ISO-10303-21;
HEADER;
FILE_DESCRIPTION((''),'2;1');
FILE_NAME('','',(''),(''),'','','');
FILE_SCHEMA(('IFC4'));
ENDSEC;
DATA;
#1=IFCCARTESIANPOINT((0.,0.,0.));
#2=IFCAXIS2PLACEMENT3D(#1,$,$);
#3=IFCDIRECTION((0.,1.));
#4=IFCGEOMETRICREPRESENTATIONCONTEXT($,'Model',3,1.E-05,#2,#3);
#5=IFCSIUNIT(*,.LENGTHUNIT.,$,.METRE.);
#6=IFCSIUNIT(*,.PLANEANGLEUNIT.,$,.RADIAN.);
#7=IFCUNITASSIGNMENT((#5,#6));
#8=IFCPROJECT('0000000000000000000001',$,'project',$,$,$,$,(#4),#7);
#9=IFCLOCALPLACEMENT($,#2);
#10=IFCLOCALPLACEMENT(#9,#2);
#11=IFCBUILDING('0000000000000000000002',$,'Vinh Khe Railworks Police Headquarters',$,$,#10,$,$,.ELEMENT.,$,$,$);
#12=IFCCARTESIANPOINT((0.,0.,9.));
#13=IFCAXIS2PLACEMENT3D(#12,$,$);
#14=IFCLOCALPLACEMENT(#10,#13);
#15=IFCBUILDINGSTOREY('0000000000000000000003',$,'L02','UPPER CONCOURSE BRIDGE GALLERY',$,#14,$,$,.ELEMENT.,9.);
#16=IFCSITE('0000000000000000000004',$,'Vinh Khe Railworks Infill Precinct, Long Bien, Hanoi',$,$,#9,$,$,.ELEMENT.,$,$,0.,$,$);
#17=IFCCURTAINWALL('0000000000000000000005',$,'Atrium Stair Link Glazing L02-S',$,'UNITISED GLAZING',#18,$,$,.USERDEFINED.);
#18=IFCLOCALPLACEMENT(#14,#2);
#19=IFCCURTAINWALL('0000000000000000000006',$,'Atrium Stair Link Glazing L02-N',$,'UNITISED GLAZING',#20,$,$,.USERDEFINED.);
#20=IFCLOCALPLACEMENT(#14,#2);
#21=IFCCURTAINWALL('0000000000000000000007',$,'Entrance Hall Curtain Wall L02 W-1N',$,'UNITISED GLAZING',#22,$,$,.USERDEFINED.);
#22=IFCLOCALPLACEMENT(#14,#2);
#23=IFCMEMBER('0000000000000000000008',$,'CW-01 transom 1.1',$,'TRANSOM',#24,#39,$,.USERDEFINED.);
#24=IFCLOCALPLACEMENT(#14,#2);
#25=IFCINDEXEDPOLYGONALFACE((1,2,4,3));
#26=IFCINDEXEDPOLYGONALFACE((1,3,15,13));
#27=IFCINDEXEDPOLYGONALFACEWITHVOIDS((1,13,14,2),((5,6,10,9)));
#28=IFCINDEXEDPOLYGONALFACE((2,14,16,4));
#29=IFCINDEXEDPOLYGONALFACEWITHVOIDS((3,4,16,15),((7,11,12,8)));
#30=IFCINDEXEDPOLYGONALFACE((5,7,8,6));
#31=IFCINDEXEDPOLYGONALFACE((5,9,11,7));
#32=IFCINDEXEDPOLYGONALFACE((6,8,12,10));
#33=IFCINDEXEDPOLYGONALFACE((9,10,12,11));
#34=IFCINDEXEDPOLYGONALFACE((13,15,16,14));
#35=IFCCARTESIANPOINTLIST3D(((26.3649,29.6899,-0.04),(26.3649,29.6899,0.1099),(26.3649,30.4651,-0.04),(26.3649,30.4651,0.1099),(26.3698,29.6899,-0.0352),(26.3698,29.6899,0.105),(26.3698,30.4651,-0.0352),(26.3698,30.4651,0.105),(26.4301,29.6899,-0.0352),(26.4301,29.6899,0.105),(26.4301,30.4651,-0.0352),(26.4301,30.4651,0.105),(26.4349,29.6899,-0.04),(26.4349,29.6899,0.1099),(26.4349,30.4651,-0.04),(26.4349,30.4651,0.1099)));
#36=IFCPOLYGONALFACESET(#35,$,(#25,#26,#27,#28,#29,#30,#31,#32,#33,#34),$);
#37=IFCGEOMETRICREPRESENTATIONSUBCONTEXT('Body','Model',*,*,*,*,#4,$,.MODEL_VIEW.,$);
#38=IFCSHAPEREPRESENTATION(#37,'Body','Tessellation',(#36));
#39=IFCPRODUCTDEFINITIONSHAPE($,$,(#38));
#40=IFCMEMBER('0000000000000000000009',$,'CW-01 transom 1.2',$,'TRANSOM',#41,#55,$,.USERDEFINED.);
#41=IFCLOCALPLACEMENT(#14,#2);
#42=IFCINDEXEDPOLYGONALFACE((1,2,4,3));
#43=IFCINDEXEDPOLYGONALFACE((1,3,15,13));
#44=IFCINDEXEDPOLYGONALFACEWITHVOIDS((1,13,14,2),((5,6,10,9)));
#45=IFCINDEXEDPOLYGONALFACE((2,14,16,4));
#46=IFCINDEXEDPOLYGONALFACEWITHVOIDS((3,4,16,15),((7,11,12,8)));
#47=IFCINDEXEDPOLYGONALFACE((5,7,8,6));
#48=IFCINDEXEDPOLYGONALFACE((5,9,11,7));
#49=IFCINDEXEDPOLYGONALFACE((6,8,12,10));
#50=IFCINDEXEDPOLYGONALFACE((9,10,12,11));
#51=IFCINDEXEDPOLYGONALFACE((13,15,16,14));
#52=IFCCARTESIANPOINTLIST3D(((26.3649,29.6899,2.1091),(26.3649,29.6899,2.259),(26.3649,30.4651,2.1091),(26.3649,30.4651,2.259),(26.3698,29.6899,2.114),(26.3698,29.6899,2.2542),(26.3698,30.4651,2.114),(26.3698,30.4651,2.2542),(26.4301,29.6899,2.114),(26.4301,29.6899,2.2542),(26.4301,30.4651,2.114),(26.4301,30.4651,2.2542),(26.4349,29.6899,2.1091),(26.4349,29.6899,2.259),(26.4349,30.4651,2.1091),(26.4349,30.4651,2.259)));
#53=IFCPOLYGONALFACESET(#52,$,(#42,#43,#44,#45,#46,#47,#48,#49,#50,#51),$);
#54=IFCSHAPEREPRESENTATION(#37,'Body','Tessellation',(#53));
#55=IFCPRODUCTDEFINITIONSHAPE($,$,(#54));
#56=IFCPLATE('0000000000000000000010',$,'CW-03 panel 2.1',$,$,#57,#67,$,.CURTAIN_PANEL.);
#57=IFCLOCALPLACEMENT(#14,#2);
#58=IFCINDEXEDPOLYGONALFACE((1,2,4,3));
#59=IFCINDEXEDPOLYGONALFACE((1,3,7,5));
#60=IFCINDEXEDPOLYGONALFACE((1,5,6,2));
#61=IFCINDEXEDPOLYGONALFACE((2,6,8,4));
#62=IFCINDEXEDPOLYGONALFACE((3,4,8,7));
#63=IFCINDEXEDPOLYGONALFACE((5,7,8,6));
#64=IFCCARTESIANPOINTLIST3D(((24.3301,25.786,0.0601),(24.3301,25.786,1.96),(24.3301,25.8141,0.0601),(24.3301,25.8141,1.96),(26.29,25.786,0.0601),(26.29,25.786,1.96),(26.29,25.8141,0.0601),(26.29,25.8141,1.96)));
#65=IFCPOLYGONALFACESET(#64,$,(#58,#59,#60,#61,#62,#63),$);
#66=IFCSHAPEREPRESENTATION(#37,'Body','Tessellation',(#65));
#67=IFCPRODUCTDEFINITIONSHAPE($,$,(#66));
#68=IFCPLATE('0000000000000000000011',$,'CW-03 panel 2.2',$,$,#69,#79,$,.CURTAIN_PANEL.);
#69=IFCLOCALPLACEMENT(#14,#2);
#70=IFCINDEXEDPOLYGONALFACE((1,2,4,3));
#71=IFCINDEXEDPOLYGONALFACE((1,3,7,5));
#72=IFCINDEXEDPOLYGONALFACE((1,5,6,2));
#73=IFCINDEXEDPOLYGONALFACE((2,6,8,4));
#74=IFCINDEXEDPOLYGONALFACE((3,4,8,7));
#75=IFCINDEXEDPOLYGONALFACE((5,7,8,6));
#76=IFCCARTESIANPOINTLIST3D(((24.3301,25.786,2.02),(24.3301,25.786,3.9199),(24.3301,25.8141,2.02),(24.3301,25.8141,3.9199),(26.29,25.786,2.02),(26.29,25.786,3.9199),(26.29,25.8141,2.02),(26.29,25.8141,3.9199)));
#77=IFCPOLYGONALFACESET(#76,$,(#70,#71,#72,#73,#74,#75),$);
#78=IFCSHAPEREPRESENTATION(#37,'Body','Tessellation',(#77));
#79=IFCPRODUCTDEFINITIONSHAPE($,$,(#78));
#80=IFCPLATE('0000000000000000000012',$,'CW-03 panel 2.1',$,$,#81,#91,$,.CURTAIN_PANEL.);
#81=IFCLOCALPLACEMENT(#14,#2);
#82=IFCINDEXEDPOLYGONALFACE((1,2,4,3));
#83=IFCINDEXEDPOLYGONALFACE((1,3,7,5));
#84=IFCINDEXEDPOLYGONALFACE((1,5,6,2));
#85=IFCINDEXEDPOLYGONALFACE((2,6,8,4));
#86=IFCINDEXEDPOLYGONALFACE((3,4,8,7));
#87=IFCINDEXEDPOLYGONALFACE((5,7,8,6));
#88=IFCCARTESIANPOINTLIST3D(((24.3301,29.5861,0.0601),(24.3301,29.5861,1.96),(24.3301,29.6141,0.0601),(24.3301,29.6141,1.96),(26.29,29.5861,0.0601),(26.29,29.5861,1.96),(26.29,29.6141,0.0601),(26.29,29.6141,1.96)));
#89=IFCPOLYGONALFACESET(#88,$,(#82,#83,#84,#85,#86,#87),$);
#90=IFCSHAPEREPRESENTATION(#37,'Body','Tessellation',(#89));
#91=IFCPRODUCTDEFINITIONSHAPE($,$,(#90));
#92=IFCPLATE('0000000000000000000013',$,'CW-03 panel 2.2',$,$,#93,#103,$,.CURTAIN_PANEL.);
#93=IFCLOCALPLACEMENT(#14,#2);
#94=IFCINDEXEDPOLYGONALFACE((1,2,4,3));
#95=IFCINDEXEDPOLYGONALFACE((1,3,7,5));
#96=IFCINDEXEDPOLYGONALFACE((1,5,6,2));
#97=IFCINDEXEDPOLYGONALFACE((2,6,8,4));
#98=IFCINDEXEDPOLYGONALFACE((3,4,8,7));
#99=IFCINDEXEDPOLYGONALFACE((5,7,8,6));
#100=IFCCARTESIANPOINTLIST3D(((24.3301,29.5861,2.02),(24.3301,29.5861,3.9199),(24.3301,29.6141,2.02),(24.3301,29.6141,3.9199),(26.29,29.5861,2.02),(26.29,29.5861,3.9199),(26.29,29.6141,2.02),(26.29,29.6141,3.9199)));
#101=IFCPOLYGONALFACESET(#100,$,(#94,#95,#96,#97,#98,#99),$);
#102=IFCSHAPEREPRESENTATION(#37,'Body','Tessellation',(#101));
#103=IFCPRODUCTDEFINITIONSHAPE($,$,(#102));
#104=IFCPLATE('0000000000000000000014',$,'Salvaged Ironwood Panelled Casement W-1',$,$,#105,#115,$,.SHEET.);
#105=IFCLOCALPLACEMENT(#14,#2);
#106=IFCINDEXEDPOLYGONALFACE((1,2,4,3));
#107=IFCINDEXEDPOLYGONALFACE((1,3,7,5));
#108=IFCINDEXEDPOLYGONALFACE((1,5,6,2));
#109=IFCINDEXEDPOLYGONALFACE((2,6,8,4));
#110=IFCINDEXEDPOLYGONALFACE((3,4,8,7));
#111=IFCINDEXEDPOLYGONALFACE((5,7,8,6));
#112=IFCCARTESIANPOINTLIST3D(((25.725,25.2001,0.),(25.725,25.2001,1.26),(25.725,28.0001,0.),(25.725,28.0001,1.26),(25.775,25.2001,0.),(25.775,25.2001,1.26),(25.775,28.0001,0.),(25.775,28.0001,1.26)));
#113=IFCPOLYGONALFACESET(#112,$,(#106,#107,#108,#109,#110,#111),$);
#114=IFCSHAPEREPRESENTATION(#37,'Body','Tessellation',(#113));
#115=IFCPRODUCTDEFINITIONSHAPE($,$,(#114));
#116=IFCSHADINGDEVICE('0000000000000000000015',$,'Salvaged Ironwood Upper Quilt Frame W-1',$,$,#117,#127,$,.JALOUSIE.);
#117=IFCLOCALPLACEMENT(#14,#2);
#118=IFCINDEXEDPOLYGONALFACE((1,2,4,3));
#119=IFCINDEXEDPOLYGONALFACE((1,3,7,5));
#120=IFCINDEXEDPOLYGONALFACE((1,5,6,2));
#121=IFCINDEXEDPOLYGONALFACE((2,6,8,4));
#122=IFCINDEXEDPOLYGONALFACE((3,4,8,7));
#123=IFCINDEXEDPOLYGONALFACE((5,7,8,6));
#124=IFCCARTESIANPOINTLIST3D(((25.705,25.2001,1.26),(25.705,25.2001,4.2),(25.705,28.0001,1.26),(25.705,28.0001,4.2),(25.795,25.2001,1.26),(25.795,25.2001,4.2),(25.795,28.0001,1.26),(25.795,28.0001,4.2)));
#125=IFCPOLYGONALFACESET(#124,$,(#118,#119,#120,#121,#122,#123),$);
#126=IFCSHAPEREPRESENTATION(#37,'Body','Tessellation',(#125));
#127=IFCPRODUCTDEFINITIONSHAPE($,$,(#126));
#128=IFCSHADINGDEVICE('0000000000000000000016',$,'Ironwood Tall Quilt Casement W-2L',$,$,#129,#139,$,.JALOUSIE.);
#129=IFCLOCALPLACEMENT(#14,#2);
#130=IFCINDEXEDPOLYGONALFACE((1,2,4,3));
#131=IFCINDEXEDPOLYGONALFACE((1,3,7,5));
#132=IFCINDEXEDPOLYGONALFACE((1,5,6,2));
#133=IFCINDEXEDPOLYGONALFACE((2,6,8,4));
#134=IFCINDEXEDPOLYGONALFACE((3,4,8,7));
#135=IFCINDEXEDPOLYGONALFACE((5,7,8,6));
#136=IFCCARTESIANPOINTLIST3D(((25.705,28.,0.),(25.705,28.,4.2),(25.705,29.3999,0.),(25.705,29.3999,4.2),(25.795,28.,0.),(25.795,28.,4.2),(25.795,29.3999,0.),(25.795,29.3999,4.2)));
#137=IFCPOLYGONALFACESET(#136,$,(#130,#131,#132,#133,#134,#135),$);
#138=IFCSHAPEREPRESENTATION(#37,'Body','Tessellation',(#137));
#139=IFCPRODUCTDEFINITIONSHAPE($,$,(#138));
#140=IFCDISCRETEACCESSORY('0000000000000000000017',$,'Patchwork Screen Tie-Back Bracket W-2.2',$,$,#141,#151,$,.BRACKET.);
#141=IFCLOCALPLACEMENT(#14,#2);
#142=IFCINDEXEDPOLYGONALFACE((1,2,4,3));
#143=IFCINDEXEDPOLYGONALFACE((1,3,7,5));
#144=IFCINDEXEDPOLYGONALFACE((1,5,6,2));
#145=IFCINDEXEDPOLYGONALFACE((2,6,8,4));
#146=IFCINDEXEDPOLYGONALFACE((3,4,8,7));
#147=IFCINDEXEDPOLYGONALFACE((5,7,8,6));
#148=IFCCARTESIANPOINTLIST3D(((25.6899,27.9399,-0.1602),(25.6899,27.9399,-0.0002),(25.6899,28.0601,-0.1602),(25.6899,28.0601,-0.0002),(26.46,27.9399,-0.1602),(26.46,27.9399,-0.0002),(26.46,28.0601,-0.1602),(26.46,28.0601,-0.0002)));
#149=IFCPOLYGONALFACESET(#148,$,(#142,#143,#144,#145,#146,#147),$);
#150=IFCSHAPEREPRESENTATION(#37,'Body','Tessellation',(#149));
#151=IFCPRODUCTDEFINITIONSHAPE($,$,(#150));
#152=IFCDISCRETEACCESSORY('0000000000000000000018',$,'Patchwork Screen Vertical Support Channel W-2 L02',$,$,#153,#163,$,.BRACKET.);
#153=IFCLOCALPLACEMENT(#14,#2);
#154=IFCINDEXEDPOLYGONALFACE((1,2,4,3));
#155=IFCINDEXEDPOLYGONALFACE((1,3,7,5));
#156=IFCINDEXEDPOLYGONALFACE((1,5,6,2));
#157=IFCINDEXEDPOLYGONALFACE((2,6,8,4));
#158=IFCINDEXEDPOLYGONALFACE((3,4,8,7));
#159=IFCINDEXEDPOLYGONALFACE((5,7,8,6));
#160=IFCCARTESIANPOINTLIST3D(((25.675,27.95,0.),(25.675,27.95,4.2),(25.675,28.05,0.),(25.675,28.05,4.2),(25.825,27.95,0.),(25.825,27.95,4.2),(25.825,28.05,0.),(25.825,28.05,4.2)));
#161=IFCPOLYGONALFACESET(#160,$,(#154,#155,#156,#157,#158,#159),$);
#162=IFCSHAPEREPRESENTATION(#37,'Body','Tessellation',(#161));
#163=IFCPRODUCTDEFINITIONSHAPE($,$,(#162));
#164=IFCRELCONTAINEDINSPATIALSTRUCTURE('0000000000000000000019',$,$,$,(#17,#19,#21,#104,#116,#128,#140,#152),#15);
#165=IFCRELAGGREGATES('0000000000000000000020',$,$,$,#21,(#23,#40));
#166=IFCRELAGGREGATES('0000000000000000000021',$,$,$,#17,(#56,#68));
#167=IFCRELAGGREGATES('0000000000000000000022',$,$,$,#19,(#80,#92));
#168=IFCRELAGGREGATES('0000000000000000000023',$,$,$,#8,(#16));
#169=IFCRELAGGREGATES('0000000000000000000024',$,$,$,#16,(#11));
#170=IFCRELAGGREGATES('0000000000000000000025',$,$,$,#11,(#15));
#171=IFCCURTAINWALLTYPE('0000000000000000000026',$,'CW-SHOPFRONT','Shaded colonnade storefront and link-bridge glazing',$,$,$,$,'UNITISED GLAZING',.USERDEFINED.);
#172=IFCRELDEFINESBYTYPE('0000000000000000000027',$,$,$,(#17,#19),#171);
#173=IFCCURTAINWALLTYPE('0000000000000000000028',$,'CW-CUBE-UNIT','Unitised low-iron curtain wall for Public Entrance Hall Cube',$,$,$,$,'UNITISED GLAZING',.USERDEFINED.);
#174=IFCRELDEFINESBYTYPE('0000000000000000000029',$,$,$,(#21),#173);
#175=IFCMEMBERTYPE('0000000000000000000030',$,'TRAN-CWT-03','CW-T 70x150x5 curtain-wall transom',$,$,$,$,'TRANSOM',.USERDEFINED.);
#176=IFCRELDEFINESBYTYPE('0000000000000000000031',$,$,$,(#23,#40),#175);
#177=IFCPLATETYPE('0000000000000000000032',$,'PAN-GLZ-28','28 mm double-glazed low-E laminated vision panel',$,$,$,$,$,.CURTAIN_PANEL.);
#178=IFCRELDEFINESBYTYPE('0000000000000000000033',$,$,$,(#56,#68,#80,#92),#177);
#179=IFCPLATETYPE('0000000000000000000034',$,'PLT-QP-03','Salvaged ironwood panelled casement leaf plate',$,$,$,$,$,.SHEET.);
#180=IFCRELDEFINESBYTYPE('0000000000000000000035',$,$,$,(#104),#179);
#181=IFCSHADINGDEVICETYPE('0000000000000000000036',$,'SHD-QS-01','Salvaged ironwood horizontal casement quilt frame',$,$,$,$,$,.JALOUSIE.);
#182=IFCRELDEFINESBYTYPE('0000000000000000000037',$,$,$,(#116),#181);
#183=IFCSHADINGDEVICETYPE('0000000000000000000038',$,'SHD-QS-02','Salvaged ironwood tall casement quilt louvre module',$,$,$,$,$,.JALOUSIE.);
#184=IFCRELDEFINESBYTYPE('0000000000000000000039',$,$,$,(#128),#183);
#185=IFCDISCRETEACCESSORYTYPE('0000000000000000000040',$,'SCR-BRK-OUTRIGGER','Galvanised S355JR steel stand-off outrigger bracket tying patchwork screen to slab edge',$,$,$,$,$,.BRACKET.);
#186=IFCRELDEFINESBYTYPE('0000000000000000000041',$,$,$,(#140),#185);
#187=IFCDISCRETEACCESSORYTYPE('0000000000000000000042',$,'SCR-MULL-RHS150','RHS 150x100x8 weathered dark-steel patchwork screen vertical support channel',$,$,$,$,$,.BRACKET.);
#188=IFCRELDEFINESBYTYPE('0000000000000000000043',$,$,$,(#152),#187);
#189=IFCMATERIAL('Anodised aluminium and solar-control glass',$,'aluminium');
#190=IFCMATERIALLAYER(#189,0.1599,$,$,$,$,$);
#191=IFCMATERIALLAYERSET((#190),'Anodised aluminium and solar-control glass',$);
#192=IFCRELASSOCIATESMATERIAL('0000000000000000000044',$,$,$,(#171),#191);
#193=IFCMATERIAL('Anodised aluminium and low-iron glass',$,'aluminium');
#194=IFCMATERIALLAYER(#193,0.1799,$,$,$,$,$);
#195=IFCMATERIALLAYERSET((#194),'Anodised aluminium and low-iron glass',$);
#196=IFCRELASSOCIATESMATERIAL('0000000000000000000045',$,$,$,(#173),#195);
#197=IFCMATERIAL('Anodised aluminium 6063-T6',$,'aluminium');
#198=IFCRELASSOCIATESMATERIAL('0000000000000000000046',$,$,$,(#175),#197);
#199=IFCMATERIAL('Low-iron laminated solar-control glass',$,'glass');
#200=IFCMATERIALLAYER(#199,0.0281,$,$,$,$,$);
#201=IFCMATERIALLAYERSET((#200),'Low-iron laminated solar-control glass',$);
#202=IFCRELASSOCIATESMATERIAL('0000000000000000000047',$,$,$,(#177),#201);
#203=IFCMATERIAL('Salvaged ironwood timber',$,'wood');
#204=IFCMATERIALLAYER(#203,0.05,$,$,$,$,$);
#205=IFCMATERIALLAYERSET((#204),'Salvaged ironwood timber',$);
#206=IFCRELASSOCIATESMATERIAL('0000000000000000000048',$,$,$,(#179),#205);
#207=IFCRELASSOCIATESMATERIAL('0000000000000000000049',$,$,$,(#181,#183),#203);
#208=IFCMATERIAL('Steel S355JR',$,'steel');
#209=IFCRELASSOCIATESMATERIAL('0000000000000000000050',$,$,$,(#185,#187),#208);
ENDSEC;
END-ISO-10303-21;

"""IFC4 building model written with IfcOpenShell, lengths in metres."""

from ifc_helpers import new_model, si_unit, direction, frame, origin, origin_2d, place, context, subcontext, project, spatial, rectangle, hollow_rectangle, extrude, material, layer, layer_set, material_profile, profile_set, type_object, element, aggregate, save


model = new_model("IFC4")

# Units and contexts
model_context = context("Model", 3, precision=1e-05, world=origin(), true_north=direction((0.0, 1.0)))
body_context = subcontext(model_context, "Body", "Model", "MODEL_VIEW")
ifc_project = project(units=[si_unit("LENGTHUNIT", "METRE"), si_unit("PLANEANGLEUNIT", "RADIAN")], contexts=[model_context])

# Site, building, storey
site_placement = place(None, origin())
site = spatial("IfcSite", under=ifc_project, at=site_placement, Name="Vinh Khe Railworks Infill Precinct, Long Bien, Hanoi", CompositionType="ELEMENT", RefElevation=0.0)
building_placement = place(site_placement, origin())
building = spatial("IfcBuilding", under=site, at=building_placement, Name="Vinh Khe Railworks Police Headquarters", CompositionType="ELEMENT")
storey_placement = place(building_placement, frame((0.0, 0.0, 9.0)))
storey = spatial("IfcBuildingStorey", under=building, at=storey_placement, Name="L02", Description="UPPER CONCOURSE BRIDGE GALLERY", CompositionType="ELEMENT", Elevation=9.0)

# Shared definitions
ifc_material_1 = material(Name="Steel S355JR", Category="steel")

# Shared definitions
ifc_material_2 = material(Name="Salvaged ironwood timber", Category="wood")

# Curtain walls
ifc_material_3 = material(Name="Anodised aluminium and solar-control glass", Category="aluminium")
ifc_layer_1 = layer(ifc_material_3, 0.1599)
ifc_layer_set_1 = layer_set([ifc_layer_1], Name="Anodised aluminium and solar-control glass")
curtain_wall_type_1 = type_object("IfcCurtainWallType", Name="CW-SHOPFRONT", Description="Shaded colonnade storefront and link-bridge glazing", ElementType="UNITISED GLAZING", PredefinedType="USERDEFINED", material=ifc_layer_set_1)
curtain_wall_1_placement = place(storey_placement, origin())
curtain_wall_1 = element("IfcCurtainWall", 1, at=curtain_wall_1_placement, inside=storey, type_object=curtain_wall_type_1, Name="Atrium Stair Link Glazing L02-S", ObjectType="UNITISED GLAZING", PredefinedType="USERDEFINED")
ifc_material_4 = material(Name="Anodised aluminium 6063-T6", Category="aluminium")
curtain_wall_2_placement = place(storey_placement, origin())
curtain_wall_2 = element("IfcCurtainWall", 2, at=curtain_wall_2_placement, inside=storey, type_object=curtain_wall_type_1, Name="Atrium Stair Link Glazing L02-N", ObjectType="UNITISED GLAZING", PredefinedType="USERDEFINED")
ifc_material_5 = material(Name="Anodised aluminium and low-iron glass", Category="aluminium")
ifc_layer_2 = layer(ifc_material_5, 0.1799)
ifc_layer_set_2 = layer_set([ifc_layer_2], Name="Anodised aluminium and low-iron glass")
curtain_wall_type_2 = type_object("IfcCurtainWallType", Name="CW-CUBE-UNIT", Description="Unitised low-iron curtain wall for Public Entrance Hall Cube", ElementType="UNITISED GLAZING", PredefinedType="USERDEFINED", material=ifc_layer_set_2)
curtain_wall_3_placement = place(storey_placement, origin())
curtain_wall_3 = element("IfcCurtainWall", 3, at=curtain_wall_3_placement, inside=storey, type_object=curtain_wall_type_2, Name="Entrance Hall Curtain Wall L02 W-1N", ObjectType="UNITISED GLAZING", PredefinedType="USERDEFINED")

# Members
ifc_material_profile_1 = material_profile(ifc_material_4, hollow_rectangle(XDim=0.0701, YDim=0.1499, WallThickness=0.0049, at=origin_2d()), Name="CW-T 70x150x5")
ifc_profile_set_1 = profile_set([ifc_material_profile_1], Name="Anodised aluminium 6063-T6")
member_type_1 = type_object("IfcMemberType", Name="TRAN-CWT-03", Description="CW-T 70x150x5 curtain-wall transom", ElementType="TRANSOM", PredefinedType="USERDEFINED", material=ifc_profile_set_1)
member_1_placement = place(storey_placement, frame((26.3999, 29.6899, 0.0349), z_axis=(0.0, 1.0, 0.0), x_axis=(-1.0, 0.0, 0.0)))
member_1 = element("IfcMember", 4, at=member_1_placement, type_object=member_type_1, Name="CW-01 transom 1.1", ObjectType="TRANSOM", PredefinedType="USERDEFINED", context=body_context, shape_type="SweptSolid", body=[
    extrude(hollow_rectangle(XDim=0.0701, YDim=0.1499, WallThickness=0.0049, at=origin_2d()), origin(), (0.0, 0.0, 1.0), 0.7751),
])
member_2_placement = place(storey_placement, frame((26.3999, 29.6899, 2.1841), z_axis=(0.0, 1.0, 0.0), x_axis=(-1.0, 0.0, 0.0)))
member_2 = element("IfcMember", 5, at=member_2_placement, type_object=member_type_1, Name="CW-01 transom 1.2", ObjectType="TRANSOM", PredefinedType="USERDEFINED", context=body_context, shape_type="SweptSolid", body=[
    extrude(hollow_rectangle(XDim=0.0701, YDim=0.1499, WallThickness=0.0049, at=origin_2d()), origin(), (0.0, 0.0, 1.0), 0.7751),
])
aggregate(curtain_wall_3, [member_1, member_2])

# Plates
ifc_material_6 = material(Name="Low-iron laminated solar-control glass", Category="glass")
ifc_layer_3 = layer(ifc_material_6, 0.0281)
ifc_layer_set_3 = layer_set([ifc_layer_3], Name="Low-iron laminated solar-control glass")
plate_type_1 = type_object("IfcPlateType", Name="PAN-GLZ-28", Description="28 mm double-glazed low-E laminated vision panel", PredefinedType="CURTAIN_PANEL", material=ifc_layer_set_3)
plate_1_placement = place(storey_placement, frame((25.3101, 25.8, 0.0601), z_axis=(0.0, 0.0, 1.0), x_axis=(1.0, 0.0, 0.0)))
plate_1 = element("IfcPlate", 6, at=plate_1_placement, type_object=plate_type_1, Name="CW-03 panel 2.1", PredefinedType="CURTAIN_PANEL", context=body_context, shape_type="SweptSolid", body=[
    extrude(rectangle(XDim=1.96, YDim=0.0281, at=origin_2d()), origin(), (0.0, 0.0, 1.0), 1.8999),
])
plate_2_placement = place(storey_placement, frame((25.3101, 25.8, 2.02), z_axis=(0.0, 0.0, 1.0), x_axis=(1.0, 0.0, 0.0)))
plate_2 = element("IfcPlate", 7, at=plate_2_placement, type_object=plate_type_1, Name="CW-03 panel 2.2", PredefinedType="CURTAIN_PANEL", context=body_context, shape_type="SweptSolid", body=[
    extrude(rectangle(XDim=1.96, YDim=0.0281, at=origin_2d()), origin(), (0.0, 0.0, 1.0), 1.8999),
])
aggregate(curtain_wall_1, [plate_1, plate_2])
plate_3_placement = place(storey_placement, frame((25.3101, 29.6001, 0.0601), z_axis=(0.0, 0.0, 1.0), x_axis=(1.0, 0.0, 0.0)))
plate_3 = element("IfcPlate", 8, at=plate_3_placement, type_object=plate_type_1, Name="CW-03 panel 2.1", PredefinedType="CURTAIN_PANEL", context=body_context, shape_type="SweptSolid", body=[
    extrude(rectangle(XDim=1.96, YDim=0.0281, at=origin_2d()), origin(), (0.0, 0.0, 1.0), 1.8999),
])
plate_4_placement = place(storey_placement, frame((25.3101, 29.6001, 2.02), z_axis=(0.0, 0.0, 1.0), x_axis=(1.0, 0.0, 0.0)))
plate_4 = element("IfcPlate", 9, at=plate_4_placement, type_object=plate_type_1, Name="CW-03 panel 2.2", PredefinedType="CURTAIN_PANEL", context=body_context, shape_type="SweptSolid", body=[
    extrude(rectangle(XDim=1.96, YDim=0.0281, at=origin_2d()), origin(), (0.0, 0.0, 1.0), 1.8999),
])
aggregate(curtain_wall_2, [plate_3, plate_4])
ifc_layer_4 = layer(ifc_material_2, 0.05)
ifc_layer_set_4 = layer_set([ifc_layer_4], Name="Salvaged ironwood timber")
plate_type_2 = type_object("IfcPlateType", Name="PLT-QP-03", Description="Salvaged ironwood panelled casement leaf plate", PredefinedType="SHEET", material=ifc_layer_set_4)
plate_5_placement = place(storey_placement, frame((25.75, 26.6001, 0.0), z_axis=(0.0, 0.0, 1.0), x_axis=(0.0, 1.0, 0.0)))
element("IfcPlate", 10, at=plate_5_placement, inside=storey, type_object=plate_type_2, Name="Salvaged Ironwood Panelled Casement W-1", PredefinedType="SHEET", context=body_context, shape_type="SweptSolid", body=[
    extrude(rectangle(XDim=2.8, YDim=0.05, at=origin_2d()), origin(), (0.0, 0.0, 1.0), 1.26),
])

# Shading devices
shading_device_type_1 = type_object("IfcShadingDeviceType", Name="SHD-QS-01", Description="Salvaged ironwood horizontal casement quilt frame", PredefinedType="JALOUSIE", material=ifc_material_2)
shading_device_1_placement = place(storey_placement, frame((25.75, 26.6001, 1.26), z_axis=(0.0, 0.0, 1.0), x_axis=(0.0, 1.0, 0.0)))
element("IfcShadingDevice", 11, at=shading_device_1_placement, inside=storey, type_object=shading_device_type_1, Name="Salvaged Ironwood Upper Quilt Frame W-1", PredefinedType="JALOUSIE", context=body_context, shape_type="SweptSolid", body=[
    extrude(rectangle(XDim=2.8, YDim=0.0901, at=origin_2d()), origin(), (0.0, 0.0, 1.0), 2.9399),
])
shading_device_type_2 = type_object("IfcShadingDeviceType", Name="SHD-QS-02", Description="Salvaged ironwood tall casement quilt louvre module", PredefinedType="JALOUSIE", material=ifc_material_2)
shading_device_2_placement = place(storey_placement, frame((25.75, 28.7, 0.0), z_axis=(0.0, 0.0, 1.0), x_axis=(0.0, 1.0, 0.0)))
element("IfcShadingDevice", 12, at=shading_device_2_placement, inside=storey, type_object=shading_device_type_2, Name="Ironwood Tall Quilt Casement W-2L", PredefinedType="JALOUSIE", context=body_context, shape_type="SweptSolid", body=[
    extrude(rectangle(XDim=1.3999, YDim=0.0901, at=origin_2d()), origin(), (0.0, 0.0, 1.0), 4.2),
])

# Discrete accessories
discrete_accessory_type_1 = type_object("IfcDiscreteAccessoryType", Name="SCR-BRK-OUTRIGGER", Description="Galvanised S355JR steel stand-off outrigger bracket tying patchwork screen to slab edge", PredefinedType="BRACKET", material=ifc_material_1)
discrete_accessory_1_placement = place(storey_placement, frame((26.075, 28.0, -0.1602), z_axis=(0.0, 0.0, 1.0), x_axis=(1.0, 0.0, 0.0)))
element("IfcDiscreteAccessory", 13, at=discrete_accessory_1_placement, inside=storey, type_object=discrete_accessory_type_1, Name="Patchwork Screen Tie-Back Bracket W-2.2", PredefinedType="BRACKET", context=body_context, shape_type="SweptSolid", body=[
    extrude(rectangle(XDim=0.77, YDim=0.1201, at=origin_2d()), origin(), (0.0, 0.0, 1.0), 0.1599),
])
discrete_accessory_type_2 = type_object("IfcDiscreteAccessoryType", Name="SCR-MULL-RHS150", Description="RHS 150x100x8 weathered dark-steel patchwork screen vertical support channel", PredefinedType="BRACKET", material=ifc_material_1)
discrete_accessory_2_placement = place(storey_placement, frame((25.75, 28.0, 0.0), z_axis=(0.0, 0.0, 1.0), x_axis=(1.0, 0.0, 0.0)))
element("IfcDiscreteAccessory", 14, at=discrete_accessory_2_placement, inside=storey, type_object=discrete_accessory_type_2, Name="Patchwork Screen Vertical Support Channel W-2 L02", PredefinedType="BRACKET", context=body_context, shape_type="SweptSolid", body=[
    extrude(rectangle(XDim=0.1499, YDim=0.1001, at=origin_2d()), origin(), (0.0, 0.0, 1.0), 4.2),
])

save(model, "model.ifc")
